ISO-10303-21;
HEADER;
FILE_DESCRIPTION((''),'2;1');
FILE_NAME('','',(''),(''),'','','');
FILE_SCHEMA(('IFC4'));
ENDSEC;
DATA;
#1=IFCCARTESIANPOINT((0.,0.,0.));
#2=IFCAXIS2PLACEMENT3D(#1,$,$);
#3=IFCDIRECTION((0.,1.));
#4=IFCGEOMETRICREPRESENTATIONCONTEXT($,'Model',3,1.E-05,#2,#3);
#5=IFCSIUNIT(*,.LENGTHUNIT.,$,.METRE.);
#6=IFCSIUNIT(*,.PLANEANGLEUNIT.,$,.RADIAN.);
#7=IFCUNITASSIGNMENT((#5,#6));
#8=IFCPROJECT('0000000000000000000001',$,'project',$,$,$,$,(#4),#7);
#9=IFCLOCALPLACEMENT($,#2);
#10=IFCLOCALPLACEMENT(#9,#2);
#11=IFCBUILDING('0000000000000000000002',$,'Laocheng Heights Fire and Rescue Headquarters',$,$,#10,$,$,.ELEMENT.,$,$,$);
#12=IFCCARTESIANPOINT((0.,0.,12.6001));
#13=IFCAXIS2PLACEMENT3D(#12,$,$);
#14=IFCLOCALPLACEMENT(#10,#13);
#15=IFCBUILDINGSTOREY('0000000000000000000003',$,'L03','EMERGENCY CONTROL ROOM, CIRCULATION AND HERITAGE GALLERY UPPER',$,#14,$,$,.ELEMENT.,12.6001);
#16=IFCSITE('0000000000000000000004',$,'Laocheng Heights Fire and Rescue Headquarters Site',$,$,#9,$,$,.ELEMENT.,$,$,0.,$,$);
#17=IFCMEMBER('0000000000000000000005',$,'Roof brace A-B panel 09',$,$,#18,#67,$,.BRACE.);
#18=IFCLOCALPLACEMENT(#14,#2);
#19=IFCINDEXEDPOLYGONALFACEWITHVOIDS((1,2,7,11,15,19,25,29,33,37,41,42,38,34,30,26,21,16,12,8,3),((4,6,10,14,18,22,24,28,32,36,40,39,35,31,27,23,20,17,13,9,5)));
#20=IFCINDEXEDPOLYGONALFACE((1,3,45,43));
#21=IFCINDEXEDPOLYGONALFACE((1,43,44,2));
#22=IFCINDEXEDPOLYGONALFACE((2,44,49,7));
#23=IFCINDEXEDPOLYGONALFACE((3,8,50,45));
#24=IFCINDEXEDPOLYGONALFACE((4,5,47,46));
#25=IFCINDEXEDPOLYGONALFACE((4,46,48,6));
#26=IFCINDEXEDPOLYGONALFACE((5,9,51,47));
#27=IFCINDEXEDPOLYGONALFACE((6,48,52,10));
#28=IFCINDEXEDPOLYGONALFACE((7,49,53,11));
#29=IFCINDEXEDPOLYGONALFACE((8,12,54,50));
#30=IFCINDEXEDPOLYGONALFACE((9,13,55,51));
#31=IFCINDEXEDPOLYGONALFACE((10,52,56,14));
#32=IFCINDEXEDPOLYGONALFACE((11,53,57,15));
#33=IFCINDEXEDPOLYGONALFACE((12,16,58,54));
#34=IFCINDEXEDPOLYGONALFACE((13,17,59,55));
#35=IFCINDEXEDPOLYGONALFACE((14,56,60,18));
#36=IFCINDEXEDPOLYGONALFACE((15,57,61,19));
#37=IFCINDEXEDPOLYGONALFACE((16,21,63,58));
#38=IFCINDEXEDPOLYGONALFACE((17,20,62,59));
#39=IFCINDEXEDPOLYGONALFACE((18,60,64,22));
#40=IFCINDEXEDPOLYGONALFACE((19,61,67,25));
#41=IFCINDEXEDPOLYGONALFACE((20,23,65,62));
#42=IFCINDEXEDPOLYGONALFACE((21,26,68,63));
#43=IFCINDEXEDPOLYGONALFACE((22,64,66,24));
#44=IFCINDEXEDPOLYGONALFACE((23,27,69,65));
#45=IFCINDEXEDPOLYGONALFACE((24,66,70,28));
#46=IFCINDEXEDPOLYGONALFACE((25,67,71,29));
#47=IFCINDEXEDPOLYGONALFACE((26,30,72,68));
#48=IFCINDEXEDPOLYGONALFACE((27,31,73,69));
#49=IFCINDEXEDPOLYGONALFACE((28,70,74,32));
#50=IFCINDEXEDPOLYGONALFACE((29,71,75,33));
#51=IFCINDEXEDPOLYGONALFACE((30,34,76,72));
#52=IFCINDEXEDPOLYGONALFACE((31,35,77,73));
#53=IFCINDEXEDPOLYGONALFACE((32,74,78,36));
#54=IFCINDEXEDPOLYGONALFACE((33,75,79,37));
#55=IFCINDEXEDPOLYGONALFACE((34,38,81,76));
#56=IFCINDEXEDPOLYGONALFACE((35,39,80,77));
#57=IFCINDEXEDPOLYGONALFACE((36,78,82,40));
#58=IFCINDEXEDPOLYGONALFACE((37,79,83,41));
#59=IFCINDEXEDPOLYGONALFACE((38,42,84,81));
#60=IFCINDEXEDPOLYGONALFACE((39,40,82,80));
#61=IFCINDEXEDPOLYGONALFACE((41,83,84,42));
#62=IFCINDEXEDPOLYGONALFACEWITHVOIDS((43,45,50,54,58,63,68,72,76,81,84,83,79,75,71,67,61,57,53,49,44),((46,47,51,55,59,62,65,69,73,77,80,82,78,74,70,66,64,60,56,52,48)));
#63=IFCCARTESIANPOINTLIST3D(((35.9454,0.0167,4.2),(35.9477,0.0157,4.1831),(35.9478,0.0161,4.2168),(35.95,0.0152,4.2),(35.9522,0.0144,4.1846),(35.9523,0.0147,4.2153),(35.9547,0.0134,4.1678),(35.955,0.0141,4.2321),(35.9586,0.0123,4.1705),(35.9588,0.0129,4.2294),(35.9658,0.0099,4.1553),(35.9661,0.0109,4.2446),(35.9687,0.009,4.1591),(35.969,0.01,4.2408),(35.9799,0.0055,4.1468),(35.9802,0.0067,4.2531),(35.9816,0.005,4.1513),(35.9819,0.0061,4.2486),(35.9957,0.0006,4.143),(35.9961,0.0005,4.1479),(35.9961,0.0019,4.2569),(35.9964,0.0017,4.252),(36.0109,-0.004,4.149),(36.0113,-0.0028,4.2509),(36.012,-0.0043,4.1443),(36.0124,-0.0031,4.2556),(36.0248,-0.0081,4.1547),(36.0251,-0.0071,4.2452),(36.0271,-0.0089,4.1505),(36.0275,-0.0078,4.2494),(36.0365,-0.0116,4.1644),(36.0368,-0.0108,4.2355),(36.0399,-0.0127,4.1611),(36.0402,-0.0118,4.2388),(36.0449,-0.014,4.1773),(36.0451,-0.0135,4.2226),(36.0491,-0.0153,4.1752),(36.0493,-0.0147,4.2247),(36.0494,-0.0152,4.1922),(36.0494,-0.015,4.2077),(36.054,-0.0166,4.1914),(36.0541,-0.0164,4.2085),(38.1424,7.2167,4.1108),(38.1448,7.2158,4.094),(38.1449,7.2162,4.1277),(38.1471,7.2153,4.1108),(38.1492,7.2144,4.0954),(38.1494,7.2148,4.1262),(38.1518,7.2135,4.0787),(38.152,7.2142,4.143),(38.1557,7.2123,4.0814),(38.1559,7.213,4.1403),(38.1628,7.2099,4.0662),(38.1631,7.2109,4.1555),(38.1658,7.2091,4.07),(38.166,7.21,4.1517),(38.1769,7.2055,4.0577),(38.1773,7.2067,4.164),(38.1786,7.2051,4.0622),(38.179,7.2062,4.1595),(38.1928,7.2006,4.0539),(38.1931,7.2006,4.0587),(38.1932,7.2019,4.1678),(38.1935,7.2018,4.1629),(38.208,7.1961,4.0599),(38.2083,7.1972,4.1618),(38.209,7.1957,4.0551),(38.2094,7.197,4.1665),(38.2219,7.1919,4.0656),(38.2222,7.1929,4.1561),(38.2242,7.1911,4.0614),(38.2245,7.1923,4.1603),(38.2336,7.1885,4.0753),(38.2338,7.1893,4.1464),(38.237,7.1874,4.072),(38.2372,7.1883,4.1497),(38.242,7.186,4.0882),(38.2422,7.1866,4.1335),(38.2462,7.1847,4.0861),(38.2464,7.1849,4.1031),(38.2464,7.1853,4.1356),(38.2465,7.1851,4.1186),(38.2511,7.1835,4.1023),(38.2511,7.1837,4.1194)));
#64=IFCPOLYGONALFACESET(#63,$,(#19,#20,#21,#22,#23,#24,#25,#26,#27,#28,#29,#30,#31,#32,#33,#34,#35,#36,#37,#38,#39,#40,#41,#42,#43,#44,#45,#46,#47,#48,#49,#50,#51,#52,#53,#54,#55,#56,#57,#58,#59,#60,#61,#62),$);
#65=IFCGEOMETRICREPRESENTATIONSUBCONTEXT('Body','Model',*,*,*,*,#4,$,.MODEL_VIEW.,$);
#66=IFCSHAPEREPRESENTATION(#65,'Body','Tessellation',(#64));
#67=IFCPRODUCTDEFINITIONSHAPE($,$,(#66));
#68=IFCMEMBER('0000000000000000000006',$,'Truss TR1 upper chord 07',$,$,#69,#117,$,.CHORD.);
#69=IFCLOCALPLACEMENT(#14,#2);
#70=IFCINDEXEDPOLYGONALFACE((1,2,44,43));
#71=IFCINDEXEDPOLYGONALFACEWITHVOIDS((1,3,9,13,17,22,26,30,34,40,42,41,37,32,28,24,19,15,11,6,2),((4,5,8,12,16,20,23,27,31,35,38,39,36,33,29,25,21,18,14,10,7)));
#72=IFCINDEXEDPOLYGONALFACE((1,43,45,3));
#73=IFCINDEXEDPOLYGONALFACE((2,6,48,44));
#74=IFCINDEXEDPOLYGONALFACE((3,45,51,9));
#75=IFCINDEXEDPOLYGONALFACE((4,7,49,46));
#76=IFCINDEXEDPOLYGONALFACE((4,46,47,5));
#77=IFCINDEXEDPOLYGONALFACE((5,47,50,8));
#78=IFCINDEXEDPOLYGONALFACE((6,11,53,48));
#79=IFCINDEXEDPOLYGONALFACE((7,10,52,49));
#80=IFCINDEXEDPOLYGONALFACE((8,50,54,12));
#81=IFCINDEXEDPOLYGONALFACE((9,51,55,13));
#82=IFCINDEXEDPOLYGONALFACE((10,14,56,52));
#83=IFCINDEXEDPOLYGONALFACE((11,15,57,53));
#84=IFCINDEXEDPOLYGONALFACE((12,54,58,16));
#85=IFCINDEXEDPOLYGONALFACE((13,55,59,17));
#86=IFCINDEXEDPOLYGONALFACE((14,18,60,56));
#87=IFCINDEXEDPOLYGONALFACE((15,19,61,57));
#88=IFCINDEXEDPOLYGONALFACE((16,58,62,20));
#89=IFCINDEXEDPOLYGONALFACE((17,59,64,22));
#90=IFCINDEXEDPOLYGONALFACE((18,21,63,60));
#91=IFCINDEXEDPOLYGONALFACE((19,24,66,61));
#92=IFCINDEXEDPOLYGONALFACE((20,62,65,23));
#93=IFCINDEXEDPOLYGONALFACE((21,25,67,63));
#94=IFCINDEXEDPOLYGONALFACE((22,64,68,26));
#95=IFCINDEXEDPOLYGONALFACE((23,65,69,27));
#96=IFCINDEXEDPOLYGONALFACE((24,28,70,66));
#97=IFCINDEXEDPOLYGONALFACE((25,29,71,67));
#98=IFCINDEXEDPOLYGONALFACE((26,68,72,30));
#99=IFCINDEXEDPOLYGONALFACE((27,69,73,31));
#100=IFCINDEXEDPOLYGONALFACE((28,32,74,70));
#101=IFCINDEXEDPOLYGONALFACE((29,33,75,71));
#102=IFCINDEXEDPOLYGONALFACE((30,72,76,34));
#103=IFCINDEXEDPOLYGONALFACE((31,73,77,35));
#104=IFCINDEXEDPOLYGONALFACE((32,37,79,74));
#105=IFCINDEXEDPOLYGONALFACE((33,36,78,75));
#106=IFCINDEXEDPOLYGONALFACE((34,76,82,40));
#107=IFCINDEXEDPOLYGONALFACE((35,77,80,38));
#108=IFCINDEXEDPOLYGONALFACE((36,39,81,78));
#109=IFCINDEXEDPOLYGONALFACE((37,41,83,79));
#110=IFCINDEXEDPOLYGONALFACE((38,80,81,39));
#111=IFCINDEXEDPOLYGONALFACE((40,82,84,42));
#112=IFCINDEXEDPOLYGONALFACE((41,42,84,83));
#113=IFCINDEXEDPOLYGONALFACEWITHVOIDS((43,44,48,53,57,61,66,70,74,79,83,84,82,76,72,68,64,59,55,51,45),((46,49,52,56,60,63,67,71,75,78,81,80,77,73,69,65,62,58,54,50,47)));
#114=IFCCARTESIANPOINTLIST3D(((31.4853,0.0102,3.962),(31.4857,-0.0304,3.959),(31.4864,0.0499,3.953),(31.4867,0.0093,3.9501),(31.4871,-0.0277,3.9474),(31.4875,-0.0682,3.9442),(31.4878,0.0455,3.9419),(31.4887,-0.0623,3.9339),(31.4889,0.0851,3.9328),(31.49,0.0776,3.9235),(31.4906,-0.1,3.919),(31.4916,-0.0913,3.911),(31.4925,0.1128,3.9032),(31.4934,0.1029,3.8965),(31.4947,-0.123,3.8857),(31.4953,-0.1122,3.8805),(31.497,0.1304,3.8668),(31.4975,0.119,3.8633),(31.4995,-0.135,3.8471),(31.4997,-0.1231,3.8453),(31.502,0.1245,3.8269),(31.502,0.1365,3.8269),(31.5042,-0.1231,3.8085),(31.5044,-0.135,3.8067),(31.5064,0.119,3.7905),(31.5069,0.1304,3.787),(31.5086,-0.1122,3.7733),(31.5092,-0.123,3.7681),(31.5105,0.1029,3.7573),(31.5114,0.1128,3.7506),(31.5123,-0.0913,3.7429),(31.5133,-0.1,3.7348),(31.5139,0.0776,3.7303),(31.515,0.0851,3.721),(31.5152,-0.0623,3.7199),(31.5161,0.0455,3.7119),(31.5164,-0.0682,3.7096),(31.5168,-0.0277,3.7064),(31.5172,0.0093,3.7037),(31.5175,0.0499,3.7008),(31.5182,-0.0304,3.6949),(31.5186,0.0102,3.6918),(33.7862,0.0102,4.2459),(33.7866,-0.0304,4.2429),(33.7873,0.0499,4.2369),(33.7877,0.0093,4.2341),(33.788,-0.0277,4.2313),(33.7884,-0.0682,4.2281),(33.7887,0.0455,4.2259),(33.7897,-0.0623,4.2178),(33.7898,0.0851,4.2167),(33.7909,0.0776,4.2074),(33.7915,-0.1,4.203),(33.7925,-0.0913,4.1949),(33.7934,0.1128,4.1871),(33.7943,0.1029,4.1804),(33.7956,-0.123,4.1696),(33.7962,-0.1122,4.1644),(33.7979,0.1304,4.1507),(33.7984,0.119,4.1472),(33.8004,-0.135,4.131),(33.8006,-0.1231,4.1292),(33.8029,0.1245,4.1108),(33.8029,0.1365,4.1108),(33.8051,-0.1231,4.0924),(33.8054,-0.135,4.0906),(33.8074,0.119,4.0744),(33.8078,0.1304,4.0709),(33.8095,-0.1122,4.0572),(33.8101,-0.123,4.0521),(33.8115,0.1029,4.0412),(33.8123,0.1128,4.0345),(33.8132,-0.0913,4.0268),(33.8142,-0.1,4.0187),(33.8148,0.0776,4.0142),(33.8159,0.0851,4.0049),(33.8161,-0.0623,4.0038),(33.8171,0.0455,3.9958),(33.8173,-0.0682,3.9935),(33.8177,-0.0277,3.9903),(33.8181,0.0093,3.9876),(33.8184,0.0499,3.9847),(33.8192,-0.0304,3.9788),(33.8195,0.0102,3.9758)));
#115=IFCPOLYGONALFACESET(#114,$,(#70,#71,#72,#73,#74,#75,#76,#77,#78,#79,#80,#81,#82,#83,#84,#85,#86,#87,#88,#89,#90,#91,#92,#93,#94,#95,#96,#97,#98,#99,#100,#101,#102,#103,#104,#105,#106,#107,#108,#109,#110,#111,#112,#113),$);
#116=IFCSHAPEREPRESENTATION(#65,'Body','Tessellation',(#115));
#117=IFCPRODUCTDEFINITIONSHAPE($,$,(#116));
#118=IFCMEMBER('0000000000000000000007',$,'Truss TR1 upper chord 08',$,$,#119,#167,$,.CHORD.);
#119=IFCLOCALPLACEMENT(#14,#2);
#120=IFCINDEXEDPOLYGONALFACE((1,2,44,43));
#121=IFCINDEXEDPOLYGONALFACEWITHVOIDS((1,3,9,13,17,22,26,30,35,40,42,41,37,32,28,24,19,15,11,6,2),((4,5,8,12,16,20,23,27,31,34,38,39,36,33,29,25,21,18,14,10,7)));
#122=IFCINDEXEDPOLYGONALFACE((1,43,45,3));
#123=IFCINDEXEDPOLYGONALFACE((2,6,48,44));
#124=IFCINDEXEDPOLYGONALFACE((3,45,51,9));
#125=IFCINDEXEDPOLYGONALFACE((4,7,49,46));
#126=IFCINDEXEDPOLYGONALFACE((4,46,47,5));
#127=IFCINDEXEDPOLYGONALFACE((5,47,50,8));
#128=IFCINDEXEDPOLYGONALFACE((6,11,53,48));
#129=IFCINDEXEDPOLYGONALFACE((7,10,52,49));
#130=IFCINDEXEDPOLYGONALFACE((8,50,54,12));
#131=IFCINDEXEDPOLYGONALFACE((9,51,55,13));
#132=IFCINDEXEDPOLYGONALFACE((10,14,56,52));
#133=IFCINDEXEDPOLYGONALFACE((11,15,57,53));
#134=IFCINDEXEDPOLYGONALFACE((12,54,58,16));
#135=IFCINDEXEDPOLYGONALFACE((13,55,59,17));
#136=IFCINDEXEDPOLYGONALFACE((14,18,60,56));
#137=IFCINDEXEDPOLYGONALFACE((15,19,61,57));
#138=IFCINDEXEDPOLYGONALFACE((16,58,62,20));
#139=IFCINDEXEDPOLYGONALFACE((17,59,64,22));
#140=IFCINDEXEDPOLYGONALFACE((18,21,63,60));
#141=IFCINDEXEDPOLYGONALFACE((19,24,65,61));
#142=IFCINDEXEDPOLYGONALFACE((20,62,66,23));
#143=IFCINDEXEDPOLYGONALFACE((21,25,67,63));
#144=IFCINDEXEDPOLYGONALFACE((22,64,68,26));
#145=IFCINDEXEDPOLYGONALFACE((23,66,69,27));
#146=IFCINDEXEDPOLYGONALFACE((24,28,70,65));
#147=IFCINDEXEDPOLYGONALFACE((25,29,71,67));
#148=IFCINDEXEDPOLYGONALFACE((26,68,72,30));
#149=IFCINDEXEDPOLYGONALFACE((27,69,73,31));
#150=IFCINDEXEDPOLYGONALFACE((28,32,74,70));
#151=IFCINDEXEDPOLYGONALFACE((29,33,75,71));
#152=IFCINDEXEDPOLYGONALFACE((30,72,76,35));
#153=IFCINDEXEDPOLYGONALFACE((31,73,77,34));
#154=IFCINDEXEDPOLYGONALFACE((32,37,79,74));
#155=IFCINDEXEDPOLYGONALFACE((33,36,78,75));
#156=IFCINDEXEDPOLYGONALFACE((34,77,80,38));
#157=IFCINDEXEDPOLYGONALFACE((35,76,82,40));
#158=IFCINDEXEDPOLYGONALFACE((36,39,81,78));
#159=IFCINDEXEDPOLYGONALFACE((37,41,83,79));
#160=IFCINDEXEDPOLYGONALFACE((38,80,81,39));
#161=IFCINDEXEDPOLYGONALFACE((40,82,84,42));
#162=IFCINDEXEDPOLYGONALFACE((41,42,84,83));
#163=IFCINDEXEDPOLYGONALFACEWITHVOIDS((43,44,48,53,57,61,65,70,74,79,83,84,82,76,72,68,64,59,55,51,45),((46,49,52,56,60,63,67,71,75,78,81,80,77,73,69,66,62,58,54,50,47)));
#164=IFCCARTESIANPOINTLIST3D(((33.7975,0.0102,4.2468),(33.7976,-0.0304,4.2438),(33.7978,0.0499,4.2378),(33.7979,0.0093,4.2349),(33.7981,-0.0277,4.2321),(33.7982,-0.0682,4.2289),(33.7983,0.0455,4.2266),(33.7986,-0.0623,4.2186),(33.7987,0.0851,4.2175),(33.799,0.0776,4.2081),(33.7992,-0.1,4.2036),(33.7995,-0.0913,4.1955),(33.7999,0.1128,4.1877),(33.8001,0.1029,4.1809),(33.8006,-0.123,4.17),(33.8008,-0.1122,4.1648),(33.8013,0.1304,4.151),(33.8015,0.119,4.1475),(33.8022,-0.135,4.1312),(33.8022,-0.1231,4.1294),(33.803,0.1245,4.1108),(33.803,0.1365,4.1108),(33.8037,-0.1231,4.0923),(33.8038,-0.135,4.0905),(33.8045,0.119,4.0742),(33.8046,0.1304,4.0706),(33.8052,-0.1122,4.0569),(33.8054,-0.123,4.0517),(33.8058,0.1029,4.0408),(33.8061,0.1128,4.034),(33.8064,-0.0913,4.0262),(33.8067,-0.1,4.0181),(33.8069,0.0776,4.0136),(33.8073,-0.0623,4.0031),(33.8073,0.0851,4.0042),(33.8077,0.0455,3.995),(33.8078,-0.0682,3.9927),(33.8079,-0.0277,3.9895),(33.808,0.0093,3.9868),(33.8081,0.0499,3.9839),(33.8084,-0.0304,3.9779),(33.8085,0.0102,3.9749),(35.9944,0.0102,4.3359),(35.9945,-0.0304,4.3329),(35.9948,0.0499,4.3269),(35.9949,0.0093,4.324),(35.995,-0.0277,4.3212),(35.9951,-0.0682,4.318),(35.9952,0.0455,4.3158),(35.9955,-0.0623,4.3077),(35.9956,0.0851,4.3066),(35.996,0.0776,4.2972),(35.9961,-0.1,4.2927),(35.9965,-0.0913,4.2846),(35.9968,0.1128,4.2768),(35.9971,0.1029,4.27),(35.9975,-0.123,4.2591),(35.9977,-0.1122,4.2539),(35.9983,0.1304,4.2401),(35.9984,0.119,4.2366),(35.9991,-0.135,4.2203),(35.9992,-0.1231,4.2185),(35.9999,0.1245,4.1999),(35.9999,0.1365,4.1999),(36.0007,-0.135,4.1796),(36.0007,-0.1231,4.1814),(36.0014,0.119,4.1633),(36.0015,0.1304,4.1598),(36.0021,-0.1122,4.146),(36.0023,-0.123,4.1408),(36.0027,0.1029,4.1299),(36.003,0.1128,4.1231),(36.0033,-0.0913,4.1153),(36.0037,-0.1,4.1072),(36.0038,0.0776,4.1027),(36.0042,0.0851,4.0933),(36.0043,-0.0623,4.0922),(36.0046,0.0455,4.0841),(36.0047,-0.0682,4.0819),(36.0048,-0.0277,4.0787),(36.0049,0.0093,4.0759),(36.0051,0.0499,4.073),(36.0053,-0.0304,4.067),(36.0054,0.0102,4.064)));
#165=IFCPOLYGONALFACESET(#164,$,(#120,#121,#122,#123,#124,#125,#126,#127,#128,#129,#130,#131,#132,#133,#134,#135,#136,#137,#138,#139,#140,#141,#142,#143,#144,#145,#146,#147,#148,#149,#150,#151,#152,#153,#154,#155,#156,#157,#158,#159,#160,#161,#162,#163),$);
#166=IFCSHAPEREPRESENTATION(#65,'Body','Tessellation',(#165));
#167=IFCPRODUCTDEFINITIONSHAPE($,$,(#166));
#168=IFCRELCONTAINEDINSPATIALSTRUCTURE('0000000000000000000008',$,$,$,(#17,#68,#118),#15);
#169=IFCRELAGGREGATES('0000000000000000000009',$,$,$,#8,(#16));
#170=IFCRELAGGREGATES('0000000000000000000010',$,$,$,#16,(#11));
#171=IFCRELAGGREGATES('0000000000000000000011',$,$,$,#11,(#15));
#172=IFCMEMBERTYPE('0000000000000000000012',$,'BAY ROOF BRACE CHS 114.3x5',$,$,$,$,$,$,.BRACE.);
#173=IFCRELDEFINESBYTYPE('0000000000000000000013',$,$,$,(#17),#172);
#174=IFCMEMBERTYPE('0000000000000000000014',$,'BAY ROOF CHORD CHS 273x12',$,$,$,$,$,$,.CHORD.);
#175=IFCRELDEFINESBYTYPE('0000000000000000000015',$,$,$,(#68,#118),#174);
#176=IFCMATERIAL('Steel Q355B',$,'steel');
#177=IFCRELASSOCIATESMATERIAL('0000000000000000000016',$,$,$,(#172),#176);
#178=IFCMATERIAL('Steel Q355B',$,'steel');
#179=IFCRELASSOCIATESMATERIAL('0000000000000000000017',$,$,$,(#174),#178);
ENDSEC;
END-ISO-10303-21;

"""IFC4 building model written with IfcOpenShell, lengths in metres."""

from ifc_helpers import new_model, si_unit, direction, frame, origin, origin_2d, place, context, subcontext, project, spatial, hollow_circle, extrude, material, material_profile, profile_set, type_object, element, save


model = new_model("IFC4")

# Units and contexts
model_context = context("Model", 3, precision=1e-05, world=origin(), true_north=direction((0.0, 1.0)))
body_context = subcontext(model_context, "Body", "Model", "MODEL_VIEW")
ifc_project = project(units=[si_unit("LENGTHUNIT", "METRE"), si_unit("PLANEANGLEUNIT", "RADIAN")], contexts=[model_context])

# Site, building, storey
site_placement = place(None, origin())
site = spatial("IfcSite", under=ifc_project, at=site_placement, Name="Laocheng Heights Fire and Rescue Headquarters Site", CompositionType="ELEMENT", RefElevation=0.0)
building_placement = place(site_placement, origin())
building = spatial("IfcBuilding", under=site, at=building_placement, Name="Laocheng Heights Fire and Rescue Headquarters", CompositionType="ELEMENT")
storey_placement = place(building_placement, frame((0.0, 0.0, 12.6001)))
storey = spatial("IfcBuildingStorey", under=building, at=storey_placement, Name="L03", Description="EMERGENCY CONTROL ROOM, CIRCULATION AND HERITAGE GALLERY UPPER", CompositionType="ELEMENT", Elevation=12.6001)

# Members
ifc_material_1 = material(Name="Steel Q355B", Category="steel")
ifc_material_profile_1 = material_profile(ifc_material_1, hollow_circle(Radius=0.0571, WallThickness=0.0049, at=origin_2d()), Name="CHS 114.3x5")
ifc_profile_set_1 = profile_set([ifc_material_profile_1], Name="Steel Q355B")
member_type_1 = type_object("IfcMemberType", Name="BAY ROOF BRACE CHS 114.3x5", PredefinedType="BRACE", material=ifc_profile_set_1)
for number, where, z_axis, x_axis, name in (
    (1, (36.0, 0.0, 4.2), (0.291838, 0.956395, -0.011837), (-0.956462, 0.291858, 0.0), "Roof brace A-B panel 09"),
):
    element("IfcMember", number, at=place(storey_placement, frame(where, z_axis=z_axis, x_axis=x_axis)), inside=storey, type_object=member_type_1, Name=name, PredefinedType="BRACE", context=body_context, shape_type="SweptSolid", body=[
        extrude(hollow_circle(Radius=0.0571, WallThickness=0.0049, at=origin_2d()), origin(), (0.0, 0.0, 1.0), 7.5283),
    ])
ifc_material_2 = material(Name="Steel Q355B", Category="steel")
ifc_material_profile_2 = material_profile(ifc_material_2, hollow_circle(Radius=0.1365, WallThickness=0.012, at=origin_2d()), Name="CHS 273x12")
ifc_profile_set_2 = profile_set([ifc_material_profile_2], Name="Steel Q355B")
member_type_2 = type_object("IfcMemberType", Name="BAY ROOF CHORD CHS 273x12", PredefinedType="CHORD", material=ifc_profile_set_2)
member_1_placement = place(storey_placement, frame((31.502, 0.0, 3.8269), z_axis=(0.992473, 0.0, 0.122466), x_axis=(0.0, 1.0, 0.0)))
element("IfcMember", 2, at=member_1_placement, inside=storey, type_object=member_type_2, Name="Truss TR1 upper chord 07", PredefinedType="CHORD", context=body_context, shape_type="SweptSolid", body=[
    extrude(hollow_circle(Radius=0.1365, WallThickness=0.012, at=origin_2d()), origin(), (0.0, 0.0, 1.0), 2.3184),
])
for number, where, z_axis, x_axis, name in (
    (3, (33.803, 0.0, 4.1108), (0.999178, 0.0, 0.040527), (0.0, 1.0, 0.0), "Truss TR1 upper chord 08"),
):
    element("IfcMember", number, at=place(storey_placement, frame(where, z_axis=z_axis, x_axis=x_axis)), inside=storey, type_object=member_type_2, Name=name, PredefinedType="CHORD", context=body_context, shape_type="SweptSolid", body=[
        extrude(hollow_circle(Radius=0.1365, WallThickness=0.012, at=origin_2d()), origin(), (0.0, 0.0, 1.0), 2.1987),
    ])

save(model, "model.ifc")
